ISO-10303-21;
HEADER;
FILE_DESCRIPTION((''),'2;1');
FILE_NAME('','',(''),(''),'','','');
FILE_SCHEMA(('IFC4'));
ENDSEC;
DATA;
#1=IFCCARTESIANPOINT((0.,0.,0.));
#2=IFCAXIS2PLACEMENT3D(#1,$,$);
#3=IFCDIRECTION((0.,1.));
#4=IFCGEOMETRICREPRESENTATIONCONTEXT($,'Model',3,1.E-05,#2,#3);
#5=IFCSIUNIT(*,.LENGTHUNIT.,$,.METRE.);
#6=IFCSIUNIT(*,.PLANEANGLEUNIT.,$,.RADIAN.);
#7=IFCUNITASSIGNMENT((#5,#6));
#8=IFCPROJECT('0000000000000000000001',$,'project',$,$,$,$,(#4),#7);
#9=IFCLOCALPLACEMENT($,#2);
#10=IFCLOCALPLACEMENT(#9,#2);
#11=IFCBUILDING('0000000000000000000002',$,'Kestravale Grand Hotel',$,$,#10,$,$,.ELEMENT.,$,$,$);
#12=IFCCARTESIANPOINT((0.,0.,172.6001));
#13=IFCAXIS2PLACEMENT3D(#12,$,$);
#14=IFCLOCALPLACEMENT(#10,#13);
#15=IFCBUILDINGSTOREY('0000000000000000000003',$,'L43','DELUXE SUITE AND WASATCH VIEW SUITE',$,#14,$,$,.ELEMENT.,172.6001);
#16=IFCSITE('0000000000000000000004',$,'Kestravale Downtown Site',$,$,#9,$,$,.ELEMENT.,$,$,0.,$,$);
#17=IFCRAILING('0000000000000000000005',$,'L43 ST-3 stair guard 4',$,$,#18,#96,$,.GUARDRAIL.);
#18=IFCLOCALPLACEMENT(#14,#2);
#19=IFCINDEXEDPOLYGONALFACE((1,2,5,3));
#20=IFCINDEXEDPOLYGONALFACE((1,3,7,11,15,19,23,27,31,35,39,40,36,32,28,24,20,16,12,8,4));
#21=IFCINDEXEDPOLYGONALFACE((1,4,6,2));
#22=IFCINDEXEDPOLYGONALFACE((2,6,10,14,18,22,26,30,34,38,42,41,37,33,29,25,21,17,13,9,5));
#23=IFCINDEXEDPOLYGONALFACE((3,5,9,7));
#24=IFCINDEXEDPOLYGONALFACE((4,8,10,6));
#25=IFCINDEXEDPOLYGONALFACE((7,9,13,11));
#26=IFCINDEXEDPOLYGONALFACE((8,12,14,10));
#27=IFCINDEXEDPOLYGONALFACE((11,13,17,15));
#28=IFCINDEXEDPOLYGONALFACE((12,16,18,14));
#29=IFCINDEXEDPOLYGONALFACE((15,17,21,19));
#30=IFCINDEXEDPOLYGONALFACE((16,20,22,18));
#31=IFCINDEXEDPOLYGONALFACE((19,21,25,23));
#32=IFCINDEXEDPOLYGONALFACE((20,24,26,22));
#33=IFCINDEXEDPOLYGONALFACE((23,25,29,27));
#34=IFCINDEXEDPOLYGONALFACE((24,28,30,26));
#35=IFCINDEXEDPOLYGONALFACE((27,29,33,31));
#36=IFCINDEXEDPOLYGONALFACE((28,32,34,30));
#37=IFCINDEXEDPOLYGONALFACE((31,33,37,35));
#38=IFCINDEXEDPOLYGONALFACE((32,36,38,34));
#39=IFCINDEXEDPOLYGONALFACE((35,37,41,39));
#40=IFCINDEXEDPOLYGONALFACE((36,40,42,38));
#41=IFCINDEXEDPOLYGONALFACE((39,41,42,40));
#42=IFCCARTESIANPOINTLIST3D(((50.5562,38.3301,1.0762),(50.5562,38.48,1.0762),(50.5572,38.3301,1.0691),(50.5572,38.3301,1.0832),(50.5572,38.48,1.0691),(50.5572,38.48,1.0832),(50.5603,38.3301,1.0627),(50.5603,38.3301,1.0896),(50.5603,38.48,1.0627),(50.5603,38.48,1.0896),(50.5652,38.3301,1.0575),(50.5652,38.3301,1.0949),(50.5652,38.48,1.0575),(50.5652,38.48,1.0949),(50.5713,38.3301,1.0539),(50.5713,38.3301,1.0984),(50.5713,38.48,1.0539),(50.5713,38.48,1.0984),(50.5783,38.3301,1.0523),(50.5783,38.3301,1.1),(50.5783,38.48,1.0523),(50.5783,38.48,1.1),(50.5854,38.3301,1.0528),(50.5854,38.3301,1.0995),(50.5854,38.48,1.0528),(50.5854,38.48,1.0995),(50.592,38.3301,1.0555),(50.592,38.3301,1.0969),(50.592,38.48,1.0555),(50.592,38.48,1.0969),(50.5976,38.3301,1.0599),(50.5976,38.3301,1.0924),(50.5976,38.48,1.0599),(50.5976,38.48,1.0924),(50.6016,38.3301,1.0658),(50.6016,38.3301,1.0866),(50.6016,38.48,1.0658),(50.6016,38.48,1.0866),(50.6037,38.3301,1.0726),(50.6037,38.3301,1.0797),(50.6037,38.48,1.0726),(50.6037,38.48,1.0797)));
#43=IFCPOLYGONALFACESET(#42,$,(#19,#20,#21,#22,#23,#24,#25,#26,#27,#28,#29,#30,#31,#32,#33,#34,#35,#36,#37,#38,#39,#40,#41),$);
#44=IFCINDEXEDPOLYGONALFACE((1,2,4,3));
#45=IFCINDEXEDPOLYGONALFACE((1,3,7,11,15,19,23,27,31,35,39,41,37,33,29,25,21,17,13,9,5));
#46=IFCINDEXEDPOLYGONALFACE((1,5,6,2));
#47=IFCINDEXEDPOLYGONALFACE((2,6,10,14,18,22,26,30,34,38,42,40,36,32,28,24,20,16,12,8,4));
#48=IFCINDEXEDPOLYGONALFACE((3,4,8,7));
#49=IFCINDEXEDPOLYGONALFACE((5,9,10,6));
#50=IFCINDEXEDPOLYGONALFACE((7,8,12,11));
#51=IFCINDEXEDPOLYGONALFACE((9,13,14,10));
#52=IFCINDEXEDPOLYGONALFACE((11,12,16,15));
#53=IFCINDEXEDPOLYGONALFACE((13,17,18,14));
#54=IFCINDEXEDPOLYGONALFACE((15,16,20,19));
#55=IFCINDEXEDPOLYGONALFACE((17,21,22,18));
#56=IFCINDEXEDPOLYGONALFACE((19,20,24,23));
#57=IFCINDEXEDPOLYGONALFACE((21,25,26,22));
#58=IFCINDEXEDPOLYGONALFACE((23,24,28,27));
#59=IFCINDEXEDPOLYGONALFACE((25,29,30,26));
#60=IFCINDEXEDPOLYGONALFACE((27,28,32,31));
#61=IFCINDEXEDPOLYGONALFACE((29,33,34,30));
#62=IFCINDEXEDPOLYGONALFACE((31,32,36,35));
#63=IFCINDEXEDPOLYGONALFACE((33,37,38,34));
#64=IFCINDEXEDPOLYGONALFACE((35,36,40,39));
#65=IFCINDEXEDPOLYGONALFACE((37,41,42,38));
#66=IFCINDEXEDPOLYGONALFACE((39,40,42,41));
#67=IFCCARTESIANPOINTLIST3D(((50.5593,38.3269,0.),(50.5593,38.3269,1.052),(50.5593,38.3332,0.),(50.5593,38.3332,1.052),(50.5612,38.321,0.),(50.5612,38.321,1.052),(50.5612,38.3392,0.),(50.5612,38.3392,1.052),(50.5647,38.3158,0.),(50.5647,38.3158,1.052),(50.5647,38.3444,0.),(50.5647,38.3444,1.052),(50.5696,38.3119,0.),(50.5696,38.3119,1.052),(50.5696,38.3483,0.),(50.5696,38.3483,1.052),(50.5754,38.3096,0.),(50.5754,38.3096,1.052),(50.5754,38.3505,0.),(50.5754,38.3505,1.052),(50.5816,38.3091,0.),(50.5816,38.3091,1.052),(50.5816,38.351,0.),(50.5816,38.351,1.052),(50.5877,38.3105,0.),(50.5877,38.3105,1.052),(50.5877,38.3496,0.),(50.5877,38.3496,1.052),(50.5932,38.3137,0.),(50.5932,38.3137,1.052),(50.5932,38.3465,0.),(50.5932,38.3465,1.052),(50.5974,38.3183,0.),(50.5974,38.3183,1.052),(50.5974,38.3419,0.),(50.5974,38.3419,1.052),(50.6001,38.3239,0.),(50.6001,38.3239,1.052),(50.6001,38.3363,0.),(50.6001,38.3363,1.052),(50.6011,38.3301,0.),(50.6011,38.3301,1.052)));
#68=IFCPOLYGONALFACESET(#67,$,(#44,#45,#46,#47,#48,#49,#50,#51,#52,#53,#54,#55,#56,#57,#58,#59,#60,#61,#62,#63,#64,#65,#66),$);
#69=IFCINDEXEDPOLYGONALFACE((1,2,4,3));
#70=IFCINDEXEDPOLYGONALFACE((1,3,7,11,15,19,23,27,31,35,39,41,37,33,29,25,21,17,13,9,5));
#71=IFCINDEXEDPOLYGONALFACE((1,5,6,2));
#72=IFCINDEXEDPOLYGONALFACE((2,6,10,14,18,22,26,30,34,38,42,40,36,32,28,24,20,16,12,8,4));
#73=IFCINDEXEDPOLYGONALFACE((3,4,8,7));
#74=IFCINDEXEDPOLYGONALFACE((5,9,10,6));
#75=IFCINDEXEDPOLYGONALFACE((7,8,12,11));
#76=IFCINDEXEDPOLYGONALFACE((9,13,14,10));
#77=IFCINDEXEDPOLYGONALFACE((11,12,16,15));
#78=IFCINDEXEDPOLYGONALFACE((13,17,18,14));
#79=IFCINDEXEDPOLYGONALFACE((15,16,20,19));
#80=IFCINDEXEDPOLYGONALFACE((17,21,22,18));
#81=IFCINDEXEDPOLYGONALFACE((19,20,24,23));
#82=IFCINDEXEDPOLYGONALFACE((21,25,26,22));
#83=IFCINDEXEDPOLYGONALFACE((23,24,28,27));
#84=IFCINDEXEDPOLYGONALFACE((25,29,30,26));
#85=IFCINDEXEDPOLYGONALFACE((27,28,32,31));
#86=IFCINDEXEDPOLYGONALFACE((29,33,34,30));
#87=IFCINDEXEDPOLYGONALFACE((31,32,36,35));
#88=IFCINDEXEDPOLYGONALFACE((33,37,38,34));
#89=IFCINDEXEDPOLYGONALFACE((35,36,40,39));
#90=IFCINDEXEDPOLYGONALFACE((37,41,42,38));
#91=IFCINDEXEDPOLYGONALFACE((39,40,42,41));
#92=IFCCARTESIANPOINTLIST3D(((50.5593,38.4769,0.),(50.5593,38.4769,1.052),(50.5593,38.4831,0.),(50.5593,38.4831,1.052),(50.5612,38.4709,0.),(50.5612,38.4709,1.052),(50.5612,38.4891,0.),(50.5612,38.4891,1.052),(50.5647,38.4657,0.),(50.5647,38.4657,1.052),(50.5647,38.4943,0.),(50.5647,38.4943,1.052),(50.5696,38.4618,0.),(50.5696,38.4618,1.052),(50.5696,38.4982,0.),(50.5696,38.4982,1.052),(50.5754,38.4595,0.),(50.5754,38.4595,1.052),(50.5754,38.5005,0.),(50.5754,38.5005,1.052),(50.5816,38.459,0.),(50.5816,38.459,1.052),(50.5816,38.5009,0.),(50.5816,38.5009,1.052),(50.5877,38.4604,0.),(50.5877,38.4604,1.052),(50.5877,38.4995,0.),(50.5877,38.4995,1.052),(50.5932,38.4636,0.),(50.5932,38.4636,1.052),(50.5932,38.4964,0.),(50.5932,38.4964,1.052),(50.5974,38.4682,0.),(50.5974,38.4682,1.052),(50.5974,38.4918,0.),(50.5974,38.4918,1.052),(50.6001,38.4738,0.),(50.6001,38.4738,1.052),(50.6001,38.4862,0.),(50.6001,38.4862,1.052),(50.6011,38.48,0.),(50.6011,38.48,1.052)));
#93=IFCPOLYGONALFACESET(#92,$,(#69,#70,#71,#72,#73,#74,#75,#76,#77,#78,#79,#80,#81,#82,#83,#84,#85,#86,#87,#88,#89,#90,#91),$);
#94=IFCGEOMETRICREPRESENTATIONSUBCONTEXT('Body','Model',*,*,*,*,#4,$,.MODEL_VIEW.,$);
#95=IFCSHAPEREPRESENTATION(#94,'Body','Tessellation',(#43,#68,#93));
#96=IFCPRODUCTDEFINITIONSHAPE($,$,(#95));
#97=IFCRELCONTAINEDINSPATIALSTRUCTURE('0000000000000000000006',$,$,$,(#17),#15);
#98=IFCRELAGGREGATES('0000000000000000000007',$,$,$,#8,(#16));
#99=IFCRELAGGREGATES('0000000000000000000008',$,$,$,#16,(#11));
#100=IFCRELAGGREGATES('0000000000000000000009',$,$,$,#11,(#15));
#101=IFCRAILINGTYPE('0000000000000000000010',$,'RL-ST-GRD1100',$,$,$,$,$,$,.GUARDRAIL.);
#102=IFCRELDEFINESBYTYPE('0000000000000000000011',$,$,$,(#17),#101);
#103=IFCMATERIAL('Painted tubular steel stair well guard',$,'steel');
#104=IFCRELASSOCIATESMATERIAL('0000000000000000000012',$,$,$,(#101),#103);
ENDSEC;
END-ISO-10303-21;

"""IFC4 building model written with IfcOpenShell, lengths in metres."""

from ifc_helpers import new_model, si_unit, direction, frame, origin, origin_2d, place, context, subcontext, project, spatial, circle, extrude, material, type_object, element, save


model = new_model("IFC4")

# Units and contexts
model_context = context("Model", 3, precision=1e-05, world=origin(), true_north=direction((0.0, 1.0)))
body_context = subcontext(model_context, "Body", "Model", "MODEL_VIEW")
ifc_project = project(units=[si_unit("LENGTHUNIT", "METRE"), si_unit("PLANEANGLEUNIT", "RADIAN")], contexts=[model_context])

# Site, building, storey
site_placement = place(None, origin())
site = spatial("IfcSite", under=ifc_project, at=site_placement, Name="Kestravale Downtown Site", CompositionType="ELEMENT", RefElevation=0.0)
building_placement = place(site_placement, origin())
building = spatial("IfcBuilding", under=site, at=building_placement, Name="Kestravale Grand Hotel", CompositionType="ELEMENT")
storey_placement = place(building_placement, frame((0.0, 0.0, 172.6001)))
storey = spatial("IfcBuildingStorey", under=building, at=storey_placement, Name="L43", Description="DELUXE SUITE AND WASATCH VIEW SUITE", CompositionType="ELEMENT", Elevation=172.6001)

# Railing
ifc_material_1 = material(Name="Painted tubular steel stair well guard", Category="steel")
railing_type_1 = type_object("IfcRailingType", Name="RL-ST-GRD1100", PredefinedType="GUARDRAIL", material=ifc_material_1)
railing_1_placement = place(storey_placement, frame((50.5801, 38.3301, 0.0)))
element("IfcRailing", 1, at=railing_1_placement, inside=storey, type_object=railing_type_1, Name="L43 ST-3 stair guard 4", PredefinedType="GUARDRAIL", context=body_context, shape_type="SweptSolid", body=[
    extrude(circle(Radius=0.0239, at=origin_2d()), frame((0.0, 0.0, 1.0762), z_axis=(0.0, 1.0, 0.0), x_axis=(-1.0, 0.0, 0.0)), (0.0, 0.0, 1.0), 0.1499),
    extrude(circle(Radius=0.021, at=origin_2d()), origin(), (0.0, 0.0, 1.0), 1.052),
    extrude(circle(Radius=0.021, at=origin_2d()), frame((0.0, 0.1499, 0.0)), (0.0, 0.0, 1.0), 1.052),
])

save(model, "model.ifc")
